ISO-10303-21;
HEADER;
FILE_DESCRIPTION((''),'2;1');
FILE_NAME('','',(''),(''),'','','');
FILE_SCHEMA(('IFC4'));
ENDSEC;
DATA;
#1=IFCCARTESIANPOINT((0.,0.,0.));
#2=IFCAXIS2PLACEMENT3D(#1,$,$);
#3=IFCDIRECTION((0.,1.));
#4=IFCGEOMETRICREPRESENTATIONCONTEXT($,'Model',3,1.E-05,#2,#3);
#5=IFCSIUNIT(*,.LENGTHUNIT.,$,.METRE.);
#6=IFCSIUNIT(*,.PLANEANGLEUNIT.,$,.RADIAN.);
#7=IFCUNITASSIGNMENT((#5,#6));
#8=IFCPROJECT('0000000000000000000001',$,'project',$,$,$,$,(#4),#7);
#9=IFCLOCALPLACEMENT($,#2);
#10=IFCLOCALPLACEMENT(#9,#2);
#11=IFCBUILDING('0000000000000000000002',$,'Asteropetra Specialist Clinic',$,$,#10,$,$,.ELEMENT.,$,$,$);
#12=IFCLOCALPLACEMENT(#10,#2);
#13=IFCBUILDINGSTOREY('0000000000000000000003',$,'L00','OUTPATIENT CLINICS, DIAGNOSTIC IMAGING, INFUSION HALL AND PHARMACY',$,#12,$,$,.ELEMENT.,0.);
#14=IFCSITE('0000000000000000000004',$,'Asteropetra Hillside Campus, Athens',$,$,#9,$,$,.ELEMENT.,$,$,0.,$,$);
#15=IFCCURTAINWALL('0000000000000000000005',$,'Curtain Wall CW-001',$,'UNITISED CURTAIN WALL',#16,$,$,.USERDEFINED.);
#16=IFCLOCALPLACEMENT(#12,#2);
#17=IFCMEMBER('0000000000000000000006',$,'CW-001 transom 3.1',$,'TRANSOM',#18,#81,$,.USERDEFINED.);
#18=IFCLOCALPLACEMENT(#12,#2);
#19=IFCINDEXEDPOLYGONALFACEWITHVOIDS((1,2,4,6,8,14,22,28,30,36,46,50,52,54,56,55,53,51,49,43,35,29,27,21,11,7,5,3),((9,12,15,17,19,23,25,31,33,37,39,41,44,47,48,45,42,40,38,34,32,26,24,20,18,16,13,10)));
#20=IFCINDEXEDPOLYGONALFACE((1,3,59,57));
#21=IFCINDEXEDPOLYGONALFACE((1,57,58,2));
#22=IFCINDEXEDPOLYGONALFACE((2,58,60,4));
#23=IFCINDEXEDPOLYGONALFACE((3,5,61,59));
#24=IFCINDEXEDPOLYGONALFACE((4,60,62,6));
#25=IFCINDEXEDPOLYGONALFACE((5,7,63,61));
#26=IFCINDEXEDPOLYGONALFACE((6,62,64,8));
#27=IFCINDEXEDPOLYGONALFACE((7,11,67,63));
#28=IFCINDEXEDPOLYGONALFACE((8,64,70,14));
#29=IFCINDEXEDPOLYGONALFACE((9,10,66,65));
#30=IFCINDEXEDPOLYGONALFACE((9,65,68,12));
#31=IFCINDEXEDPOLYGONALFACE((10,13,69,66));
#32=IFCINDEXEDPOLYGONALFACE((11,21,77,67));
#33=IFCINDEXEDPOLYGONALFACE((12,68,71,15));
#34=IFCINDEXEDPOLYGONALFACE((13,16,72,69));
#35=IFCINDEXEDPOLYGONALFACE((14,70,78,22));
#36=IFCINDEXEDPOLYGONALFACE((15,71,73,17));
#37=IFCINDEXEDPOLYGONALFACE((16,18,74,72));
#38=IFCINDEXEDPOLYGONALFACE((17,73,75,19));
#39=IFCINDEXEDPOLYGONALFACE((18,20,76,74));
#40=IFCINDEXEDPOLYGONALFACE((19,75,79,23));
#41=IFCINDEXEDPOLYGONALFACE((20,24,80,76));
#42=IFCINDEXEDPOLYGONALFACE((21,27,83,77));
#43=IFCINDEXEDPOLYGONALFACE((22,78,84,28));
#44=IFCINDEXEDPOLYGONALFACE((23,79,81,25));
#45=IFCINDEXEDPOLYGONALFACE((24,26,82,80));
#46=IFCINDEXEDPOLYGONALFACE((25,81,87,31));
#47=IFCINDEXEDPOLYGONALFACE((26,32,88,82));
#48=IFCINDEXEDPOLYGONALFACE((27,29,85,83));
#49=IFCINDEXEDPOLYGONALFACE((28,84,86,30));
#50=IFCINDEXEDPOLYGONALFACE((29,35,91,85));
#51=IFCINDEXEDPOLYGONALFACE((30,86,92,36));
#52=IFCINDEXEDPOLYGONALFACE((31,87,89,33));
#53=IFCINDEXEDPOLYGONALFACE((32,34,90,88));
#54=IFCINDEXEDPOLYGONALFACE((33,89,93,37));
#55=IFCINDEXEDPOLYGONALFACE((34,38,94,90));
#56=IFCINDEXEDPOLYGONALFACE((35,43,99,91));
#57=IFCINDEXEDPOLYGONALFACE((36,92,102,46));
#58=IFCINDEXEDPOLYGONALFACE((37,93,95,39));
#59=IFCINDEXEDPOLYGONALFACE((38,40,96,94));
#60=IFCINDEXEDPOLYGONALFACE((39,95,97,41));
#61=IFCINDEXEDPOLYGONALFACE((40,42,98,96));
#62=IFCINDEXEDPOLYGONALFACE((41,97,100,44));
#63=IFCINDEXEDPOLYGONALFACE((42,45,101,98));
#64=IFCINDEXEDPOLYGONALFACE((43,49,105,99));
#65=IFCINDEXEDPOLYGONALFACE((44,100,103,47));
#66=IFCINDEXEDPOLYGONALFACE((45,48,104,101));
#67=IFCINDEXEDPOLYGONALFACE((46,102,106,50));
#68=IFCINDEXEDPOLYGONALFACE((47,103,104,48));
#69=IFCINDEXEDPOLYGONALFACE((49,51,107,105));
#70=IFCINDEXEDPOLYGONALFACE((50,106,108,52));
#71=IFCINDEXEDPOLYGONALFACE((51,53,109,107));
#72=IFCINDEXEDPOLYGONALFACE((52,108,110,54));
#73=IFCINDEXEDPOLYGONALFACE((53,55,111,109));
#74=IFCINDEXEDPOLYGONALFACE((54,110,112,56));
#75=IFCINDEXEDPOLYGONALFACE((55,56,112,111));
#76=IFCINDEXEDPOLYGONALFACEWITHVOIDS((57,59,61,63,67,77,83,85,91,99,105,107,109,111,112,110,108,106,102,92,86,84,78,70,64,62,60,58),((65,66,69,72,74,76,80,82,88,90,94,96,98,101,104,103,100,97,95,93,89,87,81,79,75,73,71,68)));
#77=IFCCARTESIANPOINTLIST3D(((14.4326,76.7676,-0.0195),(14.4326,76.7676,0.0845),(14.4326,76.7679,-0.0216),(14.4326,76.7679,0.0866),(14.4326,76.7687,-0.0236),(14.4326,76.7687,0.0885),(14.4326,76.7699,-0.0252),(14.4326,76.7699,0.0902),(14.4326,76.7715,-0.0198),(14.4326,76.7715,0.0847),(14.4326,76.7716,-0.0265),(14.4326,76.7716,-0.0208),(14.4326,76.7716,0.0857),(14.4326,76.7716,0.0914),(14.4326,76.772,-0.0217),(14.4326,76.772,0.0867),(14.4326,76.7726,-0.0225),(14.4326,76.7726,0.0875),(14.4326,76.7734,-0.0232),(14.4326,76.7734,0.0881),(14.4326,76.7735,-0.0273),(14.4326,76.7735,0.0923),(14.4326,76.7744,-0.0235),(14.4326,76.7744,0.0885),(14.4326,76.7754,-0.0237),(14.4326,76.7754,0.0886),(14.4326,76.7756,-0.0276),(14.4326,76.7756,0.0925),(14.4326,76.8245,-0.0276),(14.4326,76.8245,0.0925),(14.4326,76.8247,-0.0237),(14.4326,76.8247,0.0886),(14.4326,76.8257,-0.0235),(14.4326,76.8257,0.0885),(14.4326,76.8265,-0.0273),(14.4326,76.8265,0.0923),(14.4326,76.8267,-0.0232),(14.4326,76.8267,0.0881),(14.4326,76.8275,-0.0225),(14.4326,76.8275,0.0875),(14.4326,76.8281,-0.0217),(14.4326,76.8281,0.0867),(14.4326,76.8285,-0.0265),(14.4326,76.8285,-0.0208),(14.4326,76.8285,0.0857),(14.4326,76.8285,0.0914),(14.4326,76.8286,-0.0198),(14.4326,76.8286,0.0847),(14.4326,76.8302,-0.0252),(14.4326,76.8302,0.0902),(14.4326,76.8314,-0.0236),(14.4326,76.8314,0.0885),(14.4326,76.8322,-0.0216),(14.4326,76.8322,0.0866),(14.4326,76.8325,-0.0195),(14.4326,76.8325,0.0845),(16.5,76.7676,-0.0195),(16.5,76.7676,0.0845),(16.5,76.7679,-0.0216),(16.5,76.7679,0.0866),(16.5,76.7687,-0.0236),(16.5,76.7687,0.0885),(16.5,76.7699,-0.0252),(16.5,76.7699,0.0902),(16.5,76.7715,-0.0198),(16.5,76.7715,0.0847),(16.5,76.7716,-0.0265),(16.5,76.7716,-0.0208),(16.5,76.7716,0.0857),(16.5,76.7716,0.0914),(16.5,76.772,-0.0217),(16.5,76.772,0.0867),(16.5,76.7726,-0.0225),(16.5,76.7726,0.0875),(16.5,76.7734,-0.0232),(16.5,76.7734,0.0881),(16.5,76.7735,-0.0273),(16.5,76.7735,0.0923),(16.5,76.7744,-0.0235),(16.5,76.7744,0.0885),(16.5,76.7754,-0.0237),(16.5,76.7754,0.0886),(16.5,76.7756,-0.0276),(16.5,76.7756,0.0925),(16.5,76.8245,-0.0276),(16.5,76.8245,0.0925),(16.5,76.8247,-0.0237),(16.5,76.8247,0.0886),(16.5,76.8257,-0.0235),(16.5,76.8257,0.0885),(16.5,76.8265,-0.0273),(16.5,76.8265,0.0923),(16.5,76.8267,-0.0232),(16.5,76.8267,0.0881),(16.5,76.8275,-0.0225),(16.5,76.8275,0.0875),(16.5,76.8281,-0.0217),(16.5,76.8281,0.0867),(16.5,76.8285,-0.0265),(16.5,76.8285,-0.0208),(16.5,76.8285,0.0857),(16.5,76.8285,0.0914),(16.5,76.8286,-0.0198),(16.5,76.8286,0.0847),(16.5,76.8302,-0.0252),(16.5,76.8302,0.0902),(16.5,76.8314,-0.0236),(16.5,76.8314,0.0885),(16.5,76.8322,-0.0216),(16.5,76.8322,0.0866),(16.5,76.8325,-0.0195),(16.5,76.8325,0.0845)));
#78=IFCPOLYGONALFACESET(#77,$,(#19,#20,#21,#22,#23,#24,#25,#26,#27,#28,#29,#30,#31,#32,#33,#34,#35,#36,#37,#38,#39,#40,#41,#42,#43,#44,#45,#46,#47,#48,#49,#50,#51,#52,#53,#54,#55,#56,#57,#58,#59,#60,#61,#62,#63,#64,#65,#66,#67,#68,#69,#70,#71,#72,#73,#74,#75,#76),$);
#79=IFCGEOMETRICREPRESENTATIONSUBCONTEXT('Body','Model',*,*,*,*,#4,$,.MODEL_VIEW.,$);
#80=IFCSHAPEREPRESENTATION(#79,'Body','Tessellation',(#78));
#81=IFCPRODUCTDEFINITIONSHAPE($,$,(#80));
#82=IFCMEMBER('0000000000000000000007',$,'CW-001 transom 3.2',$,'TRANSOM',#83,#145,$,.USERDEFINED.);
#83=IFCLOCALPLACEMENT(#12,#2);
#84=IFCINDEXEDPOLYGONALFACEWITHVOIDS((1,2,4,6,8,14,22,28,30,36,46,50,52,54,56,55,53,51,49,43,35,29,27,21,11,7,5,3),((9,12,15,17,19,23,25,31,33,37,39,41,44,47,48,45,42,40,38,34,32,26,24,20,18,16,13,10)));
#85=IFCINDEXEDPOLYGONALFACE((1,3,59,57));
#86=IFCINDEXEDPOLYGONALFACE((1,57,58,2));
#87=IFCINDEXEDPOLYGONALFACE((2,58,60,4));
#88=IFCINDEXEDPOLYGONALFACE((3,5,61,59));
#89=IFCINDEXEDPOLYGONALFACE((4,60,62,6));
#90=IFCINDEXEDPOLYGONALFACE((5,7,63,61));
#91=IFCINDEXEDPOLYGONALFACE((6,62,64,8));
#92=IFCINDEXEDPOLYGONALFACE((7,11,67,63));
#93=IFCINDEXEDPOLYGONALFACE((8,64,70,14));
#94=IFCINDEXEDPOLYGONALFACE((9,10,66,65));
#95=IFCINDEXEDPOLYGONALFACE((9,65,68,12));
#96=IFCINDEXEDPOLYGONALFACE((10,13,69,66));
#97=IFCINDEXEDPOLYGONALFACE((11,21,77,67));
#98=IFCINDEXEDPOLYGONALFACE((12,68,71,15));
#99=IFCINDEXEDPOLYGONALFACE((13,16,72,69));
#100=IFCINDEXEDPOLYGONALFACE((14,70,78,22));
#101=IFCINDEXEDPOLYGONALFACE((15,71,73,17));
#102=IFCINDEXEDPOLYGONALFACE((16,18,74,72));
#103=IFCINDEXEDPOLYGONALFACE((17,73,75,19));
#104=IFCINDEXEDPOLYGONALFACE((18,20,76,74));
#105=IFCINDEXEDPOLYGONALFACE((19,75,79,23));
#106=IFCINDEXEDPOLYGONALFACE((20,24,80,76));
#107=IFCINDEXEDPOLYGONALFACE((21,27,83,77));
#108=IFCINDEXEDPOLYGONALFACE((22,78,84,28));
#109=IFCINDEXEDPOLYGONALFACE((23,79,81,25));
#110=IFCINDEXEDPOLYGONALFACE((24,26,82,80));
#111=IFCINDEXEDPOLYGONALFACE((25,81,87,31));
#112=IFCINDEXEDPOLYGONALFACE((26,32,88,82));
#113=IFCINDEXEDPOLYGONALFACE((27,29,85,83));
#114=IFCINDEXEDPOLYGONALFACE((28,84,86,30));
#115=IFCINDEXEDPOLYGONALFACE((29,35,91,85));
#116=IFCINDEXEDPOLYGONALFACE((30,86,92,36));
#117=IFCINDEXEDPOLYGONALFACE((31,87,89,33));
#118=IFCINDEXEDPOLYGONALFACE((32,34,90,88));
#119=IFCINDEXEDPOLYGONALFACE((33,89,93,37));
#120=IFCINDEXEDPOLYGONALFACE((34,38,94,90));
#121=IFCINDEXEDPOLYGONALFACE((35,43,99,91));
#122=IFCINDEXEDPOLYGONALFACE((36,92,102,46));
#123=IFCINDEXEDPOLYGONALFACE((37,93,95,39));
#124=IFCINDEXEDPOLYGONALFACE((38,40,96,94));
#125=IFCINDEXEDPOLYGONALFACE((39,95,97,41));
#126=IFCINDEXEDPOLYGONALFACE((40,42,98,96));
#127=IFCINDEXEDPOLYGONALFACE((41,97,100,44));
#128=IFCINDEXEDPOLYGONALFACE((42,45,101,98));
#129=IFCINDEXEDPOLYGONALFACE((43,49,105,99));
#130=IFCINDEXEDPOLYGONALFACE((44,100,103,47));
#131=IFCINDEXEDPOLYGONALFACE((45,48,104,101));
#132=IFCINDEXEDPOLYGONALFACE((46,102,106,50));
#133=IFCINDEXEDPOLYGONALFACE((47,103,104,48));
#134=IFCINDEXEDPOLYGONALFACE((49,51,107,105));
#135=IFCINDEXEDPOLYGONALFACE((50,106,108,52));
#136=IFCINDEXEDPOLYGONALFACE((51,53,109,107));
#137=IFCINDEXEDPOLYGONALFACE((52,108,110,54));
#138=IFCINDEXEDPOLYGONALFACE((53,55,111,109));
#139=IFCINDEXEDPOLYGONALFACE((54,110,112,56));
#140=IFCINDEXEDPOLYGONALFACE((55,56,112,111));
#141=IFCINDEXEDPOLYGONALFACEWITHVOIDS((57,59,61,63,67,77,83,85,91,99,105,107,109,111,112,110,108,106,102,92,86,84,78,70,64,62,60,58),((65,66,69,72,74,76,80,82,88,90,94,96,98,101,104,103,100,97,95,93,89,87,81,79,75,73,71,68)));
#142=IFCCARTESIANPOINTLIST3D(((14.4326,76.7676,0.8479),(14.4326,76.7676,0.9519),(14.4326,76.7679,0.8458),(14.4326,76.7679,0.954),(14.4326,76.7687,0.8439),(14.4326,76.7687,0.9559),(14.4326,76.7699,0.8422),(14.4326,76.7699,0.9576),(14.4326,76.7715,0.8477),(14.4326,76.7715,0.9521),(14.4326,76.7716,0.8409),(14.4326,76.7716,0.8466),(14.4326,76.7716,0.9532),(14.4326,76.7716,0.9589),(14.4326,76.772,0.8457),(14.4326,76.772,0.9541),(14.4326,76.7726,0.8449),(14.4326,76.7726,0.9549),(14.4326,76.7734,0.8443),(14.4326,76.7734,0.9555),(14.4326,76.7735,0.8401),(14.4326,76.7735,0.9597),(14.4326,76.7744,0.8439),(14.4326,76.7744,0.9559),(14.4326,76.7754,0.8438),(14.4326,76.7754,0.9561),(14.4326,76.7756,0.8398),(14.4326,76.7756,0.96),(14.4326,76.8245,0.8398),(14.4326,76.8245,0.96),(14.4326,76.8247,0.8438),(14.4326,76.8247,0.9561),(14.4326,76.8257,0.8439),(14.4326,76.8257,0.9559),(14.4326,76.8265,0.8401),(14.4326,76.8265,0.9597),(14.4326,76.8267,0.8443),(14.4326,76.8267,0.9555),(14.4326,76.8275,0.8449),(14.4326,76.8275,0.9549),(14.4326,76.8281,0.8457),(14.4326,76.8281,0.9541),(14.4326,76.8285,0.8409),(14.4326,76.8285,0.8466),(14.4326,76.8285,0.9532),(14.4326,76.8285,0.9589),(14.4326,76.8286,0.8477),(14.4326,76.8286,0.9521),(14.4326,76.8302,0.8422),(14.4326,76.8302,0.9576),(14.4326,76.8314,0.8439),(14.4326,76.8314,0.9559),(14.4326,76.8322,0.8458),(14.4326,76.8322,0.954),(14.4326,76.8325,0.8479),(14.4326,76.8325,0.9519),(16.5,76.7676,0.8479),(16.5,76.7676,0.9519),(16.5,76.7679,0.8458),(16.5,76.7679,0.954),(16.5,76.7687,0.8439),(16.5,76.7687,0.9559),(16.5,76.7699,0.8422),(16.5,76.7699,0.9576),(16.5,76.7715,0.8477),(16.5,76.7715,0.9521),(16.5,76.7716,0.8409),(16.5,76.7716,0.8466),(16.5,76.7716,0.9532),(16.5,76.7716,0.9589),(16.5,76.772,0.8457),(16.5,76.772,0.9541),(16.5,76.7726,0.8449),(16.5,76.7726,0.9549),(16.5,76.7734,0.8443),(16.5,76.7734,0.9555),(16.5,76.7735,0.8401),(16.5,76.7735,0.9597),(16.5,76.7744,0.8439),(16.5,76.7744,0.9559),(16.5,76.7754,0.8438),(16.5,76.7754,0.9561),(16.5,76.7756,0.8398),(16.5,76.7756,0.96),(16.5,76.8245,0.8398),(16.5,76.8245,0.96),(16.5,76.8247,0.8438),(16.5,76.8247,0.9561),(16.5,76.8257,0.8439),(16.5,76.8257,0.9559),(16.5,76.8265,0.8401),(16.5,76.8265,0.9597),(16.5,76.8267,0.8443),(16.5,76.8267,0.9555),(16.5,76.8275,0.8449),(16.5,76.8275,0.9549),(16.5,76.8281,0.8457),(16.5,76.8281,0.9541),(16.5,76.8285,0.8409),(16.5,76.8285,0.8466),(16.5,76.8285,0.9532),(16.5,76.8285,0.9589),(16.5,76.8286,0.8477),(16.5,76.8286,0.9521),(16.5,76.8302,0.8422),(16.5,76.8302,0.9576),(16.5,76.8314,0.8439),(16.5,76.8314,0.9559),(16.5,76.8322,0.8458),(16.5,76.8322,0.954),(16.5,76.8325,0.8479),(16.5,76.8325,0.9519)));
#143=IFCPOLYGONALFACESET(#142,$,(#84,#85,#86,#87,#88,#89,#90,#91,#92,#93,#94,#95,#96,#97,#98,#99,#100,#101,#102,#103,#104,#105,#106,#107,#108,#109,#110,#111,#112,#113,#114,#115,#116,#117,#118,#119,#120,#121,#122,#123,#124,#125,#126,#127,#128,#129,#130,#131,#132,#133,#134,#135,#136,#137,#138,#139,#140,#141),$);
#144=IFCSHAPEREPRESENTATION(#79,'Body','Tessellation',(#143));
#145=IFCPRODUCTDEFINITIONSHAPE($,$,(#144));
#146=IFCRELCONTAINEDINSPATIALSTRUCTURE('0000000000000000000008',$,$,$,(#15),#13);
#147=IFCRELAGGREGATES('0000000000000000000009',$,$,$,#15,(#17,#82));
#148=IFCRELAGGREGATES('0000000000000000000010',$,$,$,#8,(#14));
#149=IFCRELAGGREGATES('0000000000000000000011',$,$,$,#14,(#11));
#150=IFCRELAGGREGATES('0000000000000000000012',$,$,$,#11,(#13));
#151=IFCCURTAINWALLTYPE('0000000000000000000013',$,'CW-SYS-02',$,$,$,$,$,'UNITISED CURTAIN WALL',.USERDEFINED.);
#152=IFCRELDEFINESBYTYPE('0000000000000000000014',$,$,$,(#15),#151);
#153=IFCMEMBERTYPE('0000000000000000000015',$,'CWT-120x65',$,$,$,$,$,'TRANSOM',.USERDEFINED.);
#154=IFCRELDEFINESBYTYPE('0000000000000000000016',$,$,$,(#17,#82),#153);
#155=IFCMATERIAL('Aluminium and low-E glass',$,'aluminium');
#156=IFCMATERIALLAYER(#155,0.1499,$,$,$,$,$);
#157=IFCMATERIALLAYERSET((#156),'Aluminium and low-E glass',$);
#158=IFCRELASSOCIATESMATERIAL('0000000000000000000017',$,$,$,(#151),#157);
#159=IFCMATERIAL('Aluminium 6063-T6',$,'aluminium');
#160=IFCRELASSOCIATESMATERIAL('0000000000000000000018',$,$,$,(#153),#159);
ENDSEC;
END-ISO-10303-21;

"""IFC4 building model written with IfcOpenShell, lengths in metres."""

from ifc_helpers import new_model, si_unit, direction, frame, origin, origin_2d, place, context, subcontext, project, spatial, hollow_rectangle, extrude, material, layer, layer_set, material_profile, profile_set, type_object, element, aggregate, save


model = new_model("IFC4")

# Units and contexts
model_context = context("Model", 3, precision=1e-05, world=origin(), true_north=direction((0.0, 1.0)))
body_context = subcontext(model_context, "Body", "Model", "MODEL_VIEW")
ifc_project = project(units=[si_unit("LENGTHUNIT", "METRE"), si_unit("PLANEANGLEUNIT", "RADIAN")], contexts=[model_context])

# Site, building, storey
site_placement = place(None, origin())
site = spatial("IfcSite", under=ifc_project, at=site_placement, Name="Asteropetra Hillside Campus, Athens", CompositionType="ELEMENT", RefElevation=0.0)
building_placement = place(site_placement, origin())
building = spatial("IfcBuilding", under=site, at=building_placement, Name="Asteropetra Specialist Clinic", CompositionType="ELEMENT")
storey_placement = place(building_placement, origin())
storey = spatial("IfcBuildingStorey", under=building, at=storey_placement, Name="L00", Description="OUTPATIENT CLINICS, DIAGNOSTIC IMAGING, INFUSION HALL AND PHARMACY", CompositionType="ELEMENT", Elevation=0.0)

# Curtain wall, members
ifc_material_1 = material(Name="Aluminium and low-E glass", Category="aluminium")
ifc_layer_1 = layer(ifc_material_1, 0.1499)
ifc_layer_set_1 = layer_set([ifc_layer_1], Name="Aluminium and low-E glass")
curtain_wall_type = type_object("IfcCurtainWallType", Name="CW-SYS-02", ElementType="UNITISED CURTAIN WALL", PredefinedType="USERDEFINED", material=ifc_layer_set_1)
curtain_wall_placement = place(storey_placement, origin())
curtain_wall = element("IfcCurtainWall", 1, at=curtain_wall_placement, inside=storey, type_object=curtain_wall_type, Name="Curtain Wall CW-001", ObjectType="UNITISED CURTAIN WALL", PredefinedType="USERDEFINED")
ifc_material_2 = material(Name="Aluminium 6063-T6", Category="aluminium")
ifc_material_profile_1 = material_profile(ifc_material_2, hollow_rectangle(XDim=0.0649, YDim=0.1201, WallThickness=0.0039, InnerFilletRadius=0.0039, OuterFilletRadius=0.0081, at=origin_2d()), Name="TRN 120x65x4.0")
ifc_profile_set_1 = profile_set([ifc_material_profile_1], Name="Aluminium 6063-T6")
member_type_1 = type_object("IfcMemberType", Name="CWT-120x65", ElementType="TRANSOM", PredefinedType="USERDEFINED", material=ifc_profile_set_1)
member_1_placement = place(storey_placement, frame((14.4326, 76.8, 0.0325), z_axis=(1.0, 0.0, 0.0), x_axis=(0.0, 1.0, 0.0)))
member_1 = element("IfcMember", 2, at=member_1_placement, type_object=member_type_1, Name="CW-001 transom 3.1", ObjectType="TRANSOM", PredefinedType="USERDEFINED", context=body_context, shape_type="SweptSolid", body=[
    extrude(hollow_rectangle(XDim=0.0649, YDim=0.1201, WallThickness=0.0039, InnerFilletRadius=0.0039, OuterFilletRadius=0.0081, at=origin_2d()), origin(), (0.0, 0.0, 1.0), 2.0674),
])
member_2_placement = place(storey_placement, frame((14.4326, 76.8, 0.8999), z_axis=(1.0, 0.0, 0.0), x_axis=(0.0, 1.0, 0.0)))
member_2 = element("IfcMember", 3, at=member_2_placement, type_object=member_type_1, Name="CW-001 transom 3.2", ObjectType="TRANSOM", PredefinedType="USERDEFINED", context=body_context, shape_type="SweptSolid", body=[
    extrude(hollow_rectangle(XDim=0.0649, YDim=0.1201, WallThickness=0.0039, InnerFilletRadius=0.0039, OuterFilletRadius=0.0081, at=origin_2d()), origin(), (0.0, 0.0, 1.0), 2.0674),
])
aggregate(curtain_wall, [member_1, member_2])

save(model, "model.ifc")
